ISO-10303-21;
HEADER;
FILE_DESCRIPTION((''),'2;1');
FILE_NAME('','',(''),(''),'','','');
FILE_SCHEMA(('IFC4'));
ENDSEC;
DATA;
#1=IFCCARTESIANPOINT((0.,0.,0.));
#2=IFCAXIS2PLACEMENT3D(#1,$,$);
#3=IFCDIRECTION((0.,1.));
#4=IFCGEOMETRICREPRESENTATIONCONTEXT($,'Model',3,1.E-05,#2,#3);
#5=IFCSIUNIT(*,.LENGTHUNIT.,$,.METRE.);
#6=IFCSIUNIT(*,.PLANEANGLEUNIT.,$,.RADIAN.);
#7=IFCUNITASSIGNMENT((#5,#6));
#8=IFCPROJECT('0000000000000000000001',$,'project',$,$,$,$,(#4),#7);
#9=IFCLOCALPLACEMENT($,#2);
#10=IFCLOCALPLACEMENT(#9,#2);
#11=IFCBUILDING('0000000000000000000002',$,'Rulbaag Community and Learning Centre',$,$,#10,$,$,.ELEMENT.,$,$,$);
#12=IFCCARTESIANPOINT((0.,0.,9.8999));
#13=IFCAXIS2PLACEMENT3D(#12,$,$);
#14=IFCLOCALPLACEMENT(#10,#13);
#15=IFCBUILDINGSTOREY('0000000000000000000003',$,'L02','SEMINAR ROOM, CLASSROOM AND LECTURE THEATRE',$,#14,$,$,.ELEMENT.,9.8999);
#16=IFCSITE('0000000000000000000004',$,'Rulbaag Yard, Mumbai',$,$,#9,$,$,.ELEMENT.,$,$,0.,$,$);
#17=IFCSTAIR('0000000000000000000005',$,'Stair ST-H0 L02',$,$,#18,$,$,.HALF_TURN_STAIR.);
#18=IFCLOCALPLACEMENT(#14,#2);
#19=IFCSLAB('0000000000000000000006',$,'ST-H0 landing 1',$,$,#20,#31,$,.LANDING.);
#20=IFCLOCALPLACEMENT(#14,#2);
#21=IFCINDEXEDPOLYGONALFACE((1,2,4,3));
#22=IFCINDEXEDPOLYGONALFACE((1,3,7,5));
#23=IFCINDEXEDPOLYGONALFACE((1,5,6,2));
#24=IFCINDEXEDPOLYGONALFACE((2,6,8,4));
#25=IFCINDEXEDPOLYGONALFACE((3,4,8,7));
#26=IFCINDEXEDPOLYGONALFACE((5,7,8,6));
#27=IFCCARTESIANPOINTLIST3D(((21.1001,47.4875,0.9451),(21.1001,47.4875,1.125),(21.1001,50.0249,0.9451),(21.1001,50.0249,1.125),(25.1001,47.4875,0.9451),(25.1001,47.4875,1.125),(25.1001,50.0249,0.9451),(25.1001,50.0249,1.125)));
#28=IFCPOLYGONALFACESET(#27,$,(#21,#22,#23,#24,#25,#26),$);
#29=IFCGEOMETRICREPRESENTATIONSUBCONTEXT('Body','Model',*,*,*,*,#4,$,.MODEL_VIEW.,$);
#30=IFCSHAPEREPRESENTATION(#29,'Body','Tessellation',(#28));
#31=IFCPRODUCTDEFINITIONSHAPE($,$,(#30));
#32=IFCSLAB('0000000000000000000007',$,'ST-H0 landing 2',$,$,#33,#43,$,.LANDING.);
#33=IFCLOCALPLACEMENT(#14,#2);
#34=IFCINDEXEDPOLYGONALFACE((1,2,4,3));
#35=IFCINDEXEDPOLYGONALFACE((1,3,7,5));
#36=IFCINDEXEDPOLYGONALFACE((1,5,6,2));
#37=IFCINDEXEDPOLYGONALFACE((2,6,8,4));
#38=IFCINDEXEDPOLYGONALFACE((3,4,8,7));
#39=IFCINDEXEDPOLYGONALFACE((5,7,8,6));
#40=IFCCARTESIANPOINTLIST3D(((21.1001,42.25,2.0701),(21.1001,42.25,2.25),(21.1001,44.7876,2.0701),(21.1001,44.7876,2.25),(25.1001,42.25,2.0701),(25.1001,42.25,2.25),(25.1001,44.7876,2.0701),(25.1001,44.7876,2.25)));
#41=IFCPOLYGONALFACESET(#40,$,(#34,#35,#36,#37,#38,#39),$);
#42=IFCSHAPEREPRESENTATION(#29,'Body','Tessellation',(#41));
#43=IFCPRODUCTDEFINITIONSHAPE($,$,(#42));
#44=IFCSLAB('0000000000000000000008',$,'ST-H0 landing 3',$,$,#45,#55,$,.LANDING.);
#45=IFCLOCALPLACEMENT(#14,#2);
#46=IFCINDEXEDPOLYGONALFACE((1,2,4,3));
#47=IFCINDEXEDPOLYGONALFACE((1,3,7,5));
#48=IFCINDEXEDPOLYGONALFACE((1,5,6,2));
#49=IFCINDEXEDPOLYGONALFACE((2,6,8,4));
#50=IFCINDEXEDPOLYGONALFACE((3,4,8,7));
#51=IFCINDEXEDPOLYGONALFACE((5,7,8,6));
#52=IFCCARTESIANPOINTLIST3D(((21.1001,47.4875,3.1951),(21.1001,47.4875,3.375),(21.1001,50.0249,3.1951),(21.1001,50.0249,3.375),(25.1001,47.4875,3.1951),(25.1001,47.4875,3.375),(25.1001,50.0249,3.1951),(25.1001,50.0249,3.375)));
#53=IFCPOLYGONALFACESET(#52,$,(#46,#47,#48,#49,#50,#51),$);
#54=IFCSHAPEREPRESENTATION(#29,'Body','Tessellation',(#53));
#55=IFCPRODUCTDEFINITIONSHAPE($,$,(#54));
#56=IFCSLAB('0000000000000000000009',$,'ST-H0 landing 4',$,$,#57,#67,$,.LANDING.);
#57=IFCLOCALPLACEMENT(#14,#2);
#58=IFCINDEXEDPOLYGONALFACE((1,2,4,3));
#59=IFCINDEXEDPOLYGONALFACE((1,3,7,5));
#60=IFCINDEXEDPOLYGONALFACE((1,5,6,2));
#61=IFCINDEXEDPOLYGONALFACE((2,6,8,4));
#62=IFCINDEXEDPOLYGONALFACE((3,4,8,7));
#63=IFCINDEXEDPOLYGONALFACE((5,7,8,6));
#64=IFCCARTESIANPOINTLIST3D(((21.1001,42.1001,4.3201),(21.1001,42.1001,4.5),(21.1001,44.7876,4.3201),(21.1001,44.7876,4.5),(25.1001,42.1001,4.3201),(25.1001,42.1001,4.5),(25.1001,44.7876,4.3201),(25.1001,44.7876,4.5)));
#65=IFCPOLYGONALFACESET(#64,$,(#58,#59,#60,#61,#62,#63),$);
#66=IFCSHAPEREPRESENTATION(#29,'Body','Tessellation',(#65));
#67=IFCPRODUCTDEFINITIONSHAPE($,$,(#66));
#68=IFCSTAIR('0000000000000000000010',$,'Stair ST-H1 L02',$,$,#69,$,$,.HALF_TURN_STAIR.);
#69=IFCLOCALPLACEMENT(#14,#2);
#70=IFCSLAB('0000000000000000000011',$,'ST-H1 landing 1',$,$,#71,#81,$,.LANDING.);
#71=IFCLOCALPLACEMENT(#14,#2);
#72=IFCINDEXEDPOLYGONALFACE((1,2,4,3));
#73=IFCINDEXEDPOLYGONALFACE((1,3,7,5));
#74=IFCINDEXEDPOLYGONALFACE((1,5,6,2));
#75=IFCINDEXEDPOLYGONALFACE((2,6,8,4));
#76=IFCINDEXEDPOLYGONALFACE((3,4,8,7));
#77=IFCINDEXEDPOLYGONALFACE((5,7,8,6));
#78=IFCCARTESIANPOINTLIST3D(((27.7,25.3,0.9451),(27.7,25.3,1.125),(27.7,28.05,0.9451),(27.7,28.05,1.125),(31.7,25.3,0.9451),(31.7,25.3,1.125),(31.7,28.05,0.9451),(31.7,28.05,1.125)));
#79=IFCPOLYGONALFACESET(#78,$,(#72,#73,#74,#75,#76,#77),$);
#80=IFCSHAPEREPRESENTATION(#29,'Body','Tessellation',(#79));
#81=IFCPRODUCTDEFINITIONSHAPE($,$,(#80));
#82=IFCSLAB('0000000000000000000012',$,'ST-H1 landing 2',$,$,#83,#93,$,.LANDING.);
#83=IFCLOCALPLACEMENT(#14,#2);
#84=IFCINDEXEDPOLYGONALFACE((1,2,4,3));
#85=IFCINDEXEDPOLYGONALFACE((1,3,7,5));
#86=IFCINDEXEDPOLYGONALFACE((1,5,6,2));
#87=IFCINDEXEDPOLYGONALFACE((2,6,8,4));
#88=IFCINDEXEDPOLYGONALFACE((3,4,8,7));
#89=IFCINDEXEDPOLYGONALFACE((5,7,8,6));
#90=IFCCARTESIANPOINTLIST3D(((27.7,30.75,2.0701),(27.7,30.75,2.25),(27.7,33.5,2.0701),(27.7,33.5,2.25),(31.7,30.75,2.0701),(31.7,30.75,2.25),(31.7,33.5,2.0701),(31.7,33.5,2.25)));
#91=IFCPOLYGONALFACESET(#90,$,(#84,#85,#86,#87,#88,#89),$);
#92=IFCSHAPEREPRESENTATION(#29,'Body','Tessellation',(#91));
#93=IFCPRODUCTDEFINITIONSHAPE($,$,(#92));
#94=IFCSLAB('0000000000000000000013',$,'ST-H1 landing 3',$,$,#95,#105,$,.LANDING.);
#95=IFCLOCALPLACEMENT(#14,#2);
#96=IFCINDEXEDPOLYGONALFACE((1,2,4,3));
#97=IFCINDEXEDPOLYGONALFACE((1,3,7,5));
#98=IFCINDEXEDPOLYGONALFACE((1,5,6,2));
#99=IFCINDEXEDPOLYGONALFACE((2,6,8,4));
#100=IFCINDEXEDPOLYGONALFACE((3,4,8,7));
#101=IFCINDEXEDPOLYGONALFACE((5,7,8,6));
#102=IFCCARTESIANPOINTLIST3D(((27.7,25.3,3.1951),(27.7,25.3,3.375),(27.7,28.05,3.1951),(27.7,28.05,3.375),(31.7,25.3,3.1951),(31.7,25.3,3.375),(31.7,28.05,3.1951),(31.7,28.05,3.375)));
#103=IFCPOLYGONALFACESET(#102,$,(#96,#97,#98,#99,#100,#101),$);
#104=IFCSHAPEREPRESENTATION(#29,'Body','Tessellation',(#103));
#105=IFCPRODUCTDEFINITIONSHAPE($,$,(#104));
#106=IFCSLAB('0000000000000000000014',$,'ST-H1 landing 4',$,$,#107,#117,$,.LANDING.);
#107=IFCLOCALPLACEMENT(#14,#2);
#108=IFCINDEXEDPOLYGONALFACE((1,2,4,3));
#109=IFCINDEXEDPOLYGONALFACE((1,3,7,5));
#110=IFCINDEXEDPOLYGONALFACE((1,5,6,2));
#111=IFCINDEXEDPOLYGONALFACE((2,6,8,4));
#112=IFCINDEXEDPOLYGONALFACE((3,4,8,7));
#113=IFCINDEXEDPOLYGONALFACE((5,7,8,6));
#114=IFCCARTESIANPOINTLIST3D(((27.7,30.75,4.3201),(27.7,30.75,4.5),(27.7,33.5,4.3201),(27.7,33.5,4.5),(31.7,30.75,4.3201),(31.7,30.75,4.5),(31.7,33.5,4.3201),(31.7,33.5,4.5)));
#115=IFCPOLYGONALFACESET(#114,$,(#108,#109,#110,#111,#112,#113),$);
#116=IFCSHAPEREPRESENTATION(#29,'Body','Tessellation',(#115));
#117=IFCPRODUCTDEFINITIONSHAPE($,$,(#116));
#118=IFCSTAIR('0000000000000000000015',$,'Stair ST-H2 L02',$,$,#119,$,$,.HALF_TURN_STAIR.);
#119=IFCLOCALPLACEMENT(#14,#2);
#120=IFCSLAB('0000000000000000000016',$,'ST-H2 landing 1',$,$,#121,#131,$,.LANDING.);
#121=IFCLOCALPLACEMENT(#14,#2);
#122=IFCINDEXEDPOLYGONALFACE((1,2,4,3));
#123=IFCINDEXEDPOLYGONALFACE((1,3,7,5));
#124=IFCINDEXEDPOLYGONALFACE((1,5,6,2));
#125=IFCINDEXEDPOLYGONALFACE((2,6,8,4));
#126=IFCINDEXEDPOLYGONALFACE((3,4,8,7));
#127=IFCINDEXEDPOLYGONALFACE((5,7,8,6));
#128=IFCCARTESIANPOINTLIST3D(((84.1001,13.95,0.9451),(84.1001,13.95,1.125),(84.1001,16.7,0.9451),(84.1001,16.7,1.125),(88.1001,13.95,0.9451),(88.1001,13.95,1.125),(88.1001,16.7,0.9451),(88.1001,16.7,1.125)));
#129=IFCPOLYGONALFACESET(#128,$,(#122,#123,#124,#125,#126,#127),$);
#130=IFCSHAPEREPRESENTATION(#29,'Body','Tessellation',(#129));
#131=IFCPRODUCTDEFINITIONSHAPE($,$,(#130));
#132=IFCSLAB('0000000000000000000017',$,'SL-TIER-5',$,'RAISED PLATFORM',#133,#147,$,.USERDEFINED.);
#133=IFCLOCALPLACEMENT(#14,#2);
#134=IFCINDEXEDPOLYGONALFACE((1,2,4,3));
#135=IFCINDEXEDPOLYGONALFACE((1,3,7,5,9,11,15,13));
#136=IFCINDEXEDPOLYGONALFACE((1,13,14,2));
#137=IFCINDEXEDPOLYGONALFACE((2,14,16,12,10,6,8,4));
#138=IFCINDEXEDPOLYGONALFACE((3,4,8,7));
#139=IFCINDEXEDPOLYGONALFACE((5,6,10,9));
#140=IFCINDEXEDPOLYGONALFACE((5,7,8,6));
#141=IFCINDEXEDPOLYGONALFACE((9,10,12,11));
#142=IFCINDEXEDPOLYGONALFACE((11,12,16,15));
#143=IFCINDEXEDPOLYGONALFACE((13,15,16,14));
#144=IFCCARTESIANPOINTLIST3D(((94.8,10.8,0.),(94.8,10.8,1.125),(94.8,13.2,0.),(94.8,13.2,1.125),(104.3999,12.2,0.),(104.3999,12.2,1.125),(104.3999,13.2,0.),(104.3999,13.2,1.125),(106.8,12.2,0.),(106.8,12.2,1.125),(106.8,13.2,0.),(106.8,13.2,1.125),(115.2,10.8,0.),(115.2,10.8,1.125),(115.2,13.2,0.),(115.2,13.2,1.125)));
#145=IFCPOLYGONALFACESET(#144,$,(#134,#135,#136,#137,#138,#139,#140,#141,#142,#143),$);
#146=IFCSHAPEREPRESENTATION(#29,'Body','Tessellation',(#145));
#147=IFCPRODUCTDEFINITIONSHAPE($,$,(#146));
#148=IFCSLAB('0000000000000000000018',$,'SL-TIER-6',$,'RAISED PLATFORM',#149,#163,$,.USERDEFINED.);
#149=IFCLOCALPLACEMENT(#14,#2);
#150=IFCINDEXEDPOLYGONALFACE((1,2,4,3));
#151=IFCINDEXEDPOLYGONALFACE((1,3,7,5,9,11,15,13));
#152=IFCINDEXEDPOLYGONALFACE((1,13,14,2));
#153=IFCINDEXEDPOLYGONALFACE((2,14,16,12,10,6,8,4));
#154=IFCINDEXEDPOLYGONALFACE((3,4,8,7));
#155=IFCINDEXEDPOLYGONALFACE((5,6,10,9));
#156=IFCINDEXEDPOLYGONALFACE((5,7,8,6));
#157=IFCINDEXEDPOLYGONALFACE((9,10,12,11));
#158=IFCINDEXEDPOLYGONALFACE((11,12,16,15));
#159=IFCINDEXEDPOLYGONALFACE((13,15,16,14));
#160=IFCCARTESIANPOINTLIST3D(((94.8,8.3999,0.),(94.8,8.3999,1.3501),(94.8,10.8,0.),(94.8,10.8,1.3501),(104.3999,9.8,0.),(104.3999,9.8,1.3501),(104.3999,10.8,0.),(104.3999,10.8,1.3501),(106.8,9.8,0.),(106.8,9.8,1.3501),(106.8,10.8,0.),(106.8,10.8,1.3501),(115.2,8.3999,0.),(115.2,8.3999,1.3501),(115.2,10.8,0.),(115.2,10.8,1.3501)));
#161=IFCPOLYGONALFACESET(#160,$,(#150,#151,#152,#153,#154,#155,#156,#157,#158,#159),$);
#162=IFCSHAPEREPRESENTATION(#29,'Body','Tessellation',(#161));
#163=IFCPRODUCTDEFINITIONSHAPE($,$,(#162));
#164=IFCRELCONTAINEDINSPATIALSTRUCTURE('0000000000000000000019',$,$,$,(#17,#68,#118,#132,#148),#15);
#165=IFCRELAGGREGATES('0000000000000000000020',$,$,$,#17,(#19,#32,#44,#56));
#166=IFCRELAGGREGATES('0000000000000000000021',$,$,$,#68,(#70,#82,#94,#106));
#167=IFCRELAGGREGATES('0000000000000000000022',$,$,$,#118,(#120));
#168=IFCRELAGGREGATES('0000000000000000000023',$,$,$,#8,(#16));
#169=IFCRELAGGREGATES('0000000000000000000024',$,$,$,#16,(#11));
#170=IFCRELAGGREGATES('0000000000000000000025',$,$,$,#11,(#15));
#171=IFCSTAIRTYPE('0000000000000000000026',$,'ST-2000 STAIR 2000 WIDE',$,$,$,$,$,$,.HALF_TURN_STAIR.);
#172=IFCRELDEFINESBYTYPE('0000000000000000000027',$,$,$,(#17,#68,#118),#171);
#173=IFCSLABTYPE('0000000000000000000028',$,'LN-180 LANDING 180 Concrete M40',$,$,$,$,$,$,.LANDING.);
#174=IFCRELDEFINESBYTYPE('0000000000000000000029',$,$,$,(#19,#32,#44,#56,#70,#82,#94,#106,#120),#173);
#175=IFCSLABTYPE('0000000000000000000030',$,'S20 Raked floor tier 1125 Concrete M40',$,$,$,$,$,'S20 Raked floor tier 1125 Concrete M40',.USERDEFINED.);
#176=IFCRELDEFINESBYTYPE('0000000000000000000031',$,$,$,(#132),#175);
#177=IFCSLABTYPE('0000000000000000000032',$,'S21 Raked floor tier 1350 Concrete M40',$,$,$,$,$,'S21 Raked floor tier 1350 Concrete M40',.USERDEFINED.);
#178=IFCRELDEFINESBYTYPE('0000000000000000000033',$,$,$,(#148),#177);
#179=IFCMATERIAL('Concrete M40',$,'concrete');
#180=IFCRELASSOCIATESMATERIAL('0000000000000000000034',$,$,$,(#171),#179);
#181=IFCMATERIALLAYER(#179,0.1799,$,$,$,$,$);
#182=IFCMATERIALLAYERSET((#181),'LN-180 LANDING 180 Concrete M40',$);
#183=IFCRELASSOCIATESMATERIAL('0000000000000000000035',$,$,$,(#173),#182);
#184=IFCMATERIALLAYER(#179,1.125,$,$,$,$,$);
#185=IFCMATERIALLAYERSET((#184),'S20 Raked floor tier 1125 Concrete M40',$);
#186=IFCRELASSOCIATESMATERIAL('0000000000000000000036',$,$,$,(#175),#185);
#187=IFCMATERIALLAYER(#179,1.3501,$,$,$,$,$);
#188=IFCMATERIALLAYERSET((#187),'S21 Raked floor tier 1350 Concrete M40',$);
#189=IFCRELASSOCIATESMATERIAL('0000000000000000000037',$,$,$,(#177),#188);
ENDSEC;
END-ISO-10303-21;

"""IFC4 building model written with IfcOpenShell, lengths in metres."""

from ifc_helpers import new_model, si_unit, direction, frame, origin, place, context, subcontext, project, spatial, polyline, outline, extrude, material, layer, layer_set, type_object, element, aggregate, save


model = new_model("IFC4")

# Units and contexts
model_context = context("Model", 3, precision=1e-05, world=origin(), true_north=direction((0.0, 1.0)))
body_context = subcontext(model_context, "Body", "Model", "MODEL_VIEW")
ifc_project = project(units=[si_unit("LENGTHUNIT", "METRE"), si_unit("PLANEANGLEUNIT", "RADIAN")], contexts=[model_context])

# Site, building, storey
site_placement = place(None, origin())
site = spatial("IfcSite", under=ifc_project, at=site_placement, Name="Rulbaag Yard, Mumbai", CompositionType="ELEMENT", RefElevation=0.0)
building_placement = place(site_placement, origin())
building = spatial("IfcBuilding", under=site, at=building_placement, Name="Rulbaag Community and Learning Centre", CompositionType="ELEMENT")
storey_placement = place(building_placement, frame((0.0, 0.0, 9.8999)))
storey = spatial("IfcBuildingStorey", under=building, at=storey_placement, Name="L02", Description="SEMINAR ROOM, CLASSROOM AND LECTURE THEATRE", CompositionType="ELEMENT", Elevation=9.8999)

# Stairs, slabs
ifc_material = material(Name="Concrete M40", Category="concrete")
stair_type = type_object("IfcStairType", Name="ST-2000 STAIR 2000 WIDE", PredefinedType="HALF_TURN_STAIR", material=ifc_material)
stair_1_placement = place(storey_placement, origin())
stair_1 = element("IfcStair", 1, at=stair_1_placement, inside=storey, type_object=stair_type, Name="Stair ST-H0 L02", PredefinedType="HALF_TURN_STAIR")
ifc_layer_1 = layer(ifc_material, 0.1799)
ifc_layer_set_1 = layer_set([ifc_layer_1], Name="LN-180 LANDING 180 Concrete M40")
slab_type_1 = type_object("IfcSlabType", Name="LN-180 LANDING 180 Concrete M40", PredefinedType="LANDING", material=ifc_layer_set_1)
slab_1_placement = place(storey_placement, frame((0.0, 0.0, 0.9451)))
slab_1 = element("IfcSlab", 2, at=slab_1_placement, type_object=slab_type_1, Name="ST-H0 landing 1", PredefinedType="LANDING", context=body_context, shape_type="SweptSolid", body=[
    extrude(outline(polyline([(21.1001, 47.4875), (21.1001, 50.0249), (25.1001, 50.0249), (25.1001, 47.4875), (21.1001, 47.4875)])), origin(), (0.0, 0.0, 1.0), 0.1799),
])
slab_2_placement = place(storey_placement, frame((0.0, 0.0, 2.0701)))
slab_2 = element("IfcSlab", 3, at=slab_2_placement, type_object=slab_type_1, Name="ST-H0 landing 2", PredefinedType="LANDING", context=body_context, shape_type="SweptSolid", body=[
    extrude(outline(polyline([(21.1001, 42.25), (21.1001, 44.7876), (25.1001, 44.7876), (25.1001, 42.25), (21.1001, 42.25)])), origin(), (0.0, 0.0, 1.0), 0.1799),
])
slab_3_placement = place(storey_placement, frame((0.0, 0.0, 3.1951)))
slab_3 = element("IfcSlab", 4, at=slab_3_placement, type_object=slab_type_1, Name="ST-H0 landing 3", PredefinedType="LANDING", context=body_context, shape_type="SweptSolid", body=[
    extrude(outline(polyline([(21.1001, 47.4875), (21.1001, 50.0249), (25.1001, 50.0249), (25.1001, 47.4875), (21.1001, 47.4875)])), origin(), (0.0, 0.0, 1.0), 0.1799),
])
slab_4_placement = place(storey_placement, frame((0.0, 0.0, 4.3201)))
slab_4 = element("IfcSlab", 5, at=slab_4_placement, type_object=slab_type_1, Name="ST-H0 landing 4", PredefinedType="LANDING", context=body_context, shape_type="SweptSolid", body=[
    extrude(outline(polyline([(21.1001, 42.1001), (21.1001, 44.7876), (25.1001, 44.7876), (25.1001, 42.1001), (21.1001, 42.1001)])), origin(), (0.0, 0.0, 1.0), 0.1799),
])
aggregate(stair_1, [slab_1, slab_2, slab_3, slab_4])
stair_2_placement = place(storey_placement, origin())
stair_2 = element("IfcStair", 6, at=stair_2_placement, inside=storey, type_object=stair_type, Name="Stair ST-H1 L02", PredefinedType="HALF_TURN_STAIR")
slab_5_placement = place(storey_placement, frame((0.0, 0.0, 0.9451)))
slab_5 = element("IfcSlab", 7, at=slab_5_placement, type_object=slab_type_1, Name="ST-H1 landing 1", PredefinedType="LANDING", context=body_context, shape_type="SweptSolid", body=[
    extrude(outline(polyline([(27.7, 25.3), (27.7, 28.05), (31.7, 28.05), (31.7, 25.3), (27.7, 25.3)])), origin(), (0.0, 0.0, 1.0), 0.1799),
])
slab_6_placement = place(storey_placement, frame((0.0, 0.0, 2.0701)))
slab_6 = element("IfcSlab", 8, at=slab_6_placement, type_object=slab_type_1, Name="ST-H1 landing 2", PredefinedType="LANDING", context=body_context, shape_type="SweptSolid", body=[
    extrude(outline(polyline([(27.7, 30.75), (27.7, 33.5), (31.7, 33.5), (31.7, 30.75), (27.7, 30.75)])), origin(), (0.0, 0.0, 1.0), 0.1799),
])
slab_7_placement = place(storey_placement, frame((0.0, 0.0, 3.1951)))
slab_7 = element("IfcSlab", 9, at=slab_7_placement, type_object=slab_type_1, Name="ST-H1 landing 3", PredefinedType="LANDING", context=body_context, shape_type="SweptSolid", body=[
    extrude(outline(polyline([(27.7, 25.3), (27.7, 28.05), (31.7, 28.05), (31.7, 25.3), (27.7, 25.3)])), origin(), (0.0, 0.0, 1.0), 0.1799),
])
slab_8_placement = place(storey_placement, frame((0.0, 0.0, 4.3201)))
slab_8 = element("IfcSlab", 10, at=slab_8_placement, type_object=slab_type_1, Name="ST-H1 landing 4", PredefinedType="LANDING", context=body_context, shape_type="SweptSolid", body=[
    extrude(outline(polyline([(27.7, 30.75), (27.7, 33.5), (31.7, 33.5), (31.7, 30.75), (27.7, 30.75)])), origin(), (0.0, 0.0, 1.0), 0.1799),
])
aggregate(stair_2, [slab_5, slab_6, slab_7, slab_8])

# Stair, slab
stair_3_placement = place(storey_placement, origin())
stair_3 = element("IfcStair", 11, at=stair_3_placement, inside=storey, type_object=stair_type, Name="Stair ST-H2 L02", PredefinedType="HALF_TURN_STAIR")
slab_9_placement = place(storey_placement, frame((0.0, 0.0, 0.9451)))
slab_9 = element("IfcSlab", 12, at=slab_9_placement, type_object=slab_type_1, Name="ST-H2 landing 1", PredefinedType="LANDING", context=body_context, shape_type="SweptSolid", body=[
    extrude(outline(polyline([(84.1001, 13.95), (84.1001, 16.7), (88.1001, 16.7), (88.1001, 13.95), (84.1001, 13.95)])), origin(), (0.0, 0.0, 1.0), 0.1799),
])
aggregate(stair_3, [slab_9])

# Slabs
ifc_layer_2 = layer(ifc_material, 1.125)
ifc_layer_set_2 = layer_set([ifc_layer_2], Name="S20 Raked floor tier 1125 Concrete M40")
slab_type_2 = type_object("IfcSlabType", Name="S20 Raked floor tier 1125 Concrete M40", ElementType="S20 Raked floor tier 1125 Concrete M40", PredefinedType="USERDEFINED", material=ifc_layer_set_2)
slab_10_placement = place(storey_placement, origin())
element("IfcSlab", 13, at=slab_10_placement, inside=storey, type_object=slab_type_2, Name="SL-TIER-5", ObjectType="RAISED PLATFORM", PredefinedType="USERDEFINED", context=body_context, shape_type="SweptSolid", body=[
    extrude(outline(polyline([(94.8, 10.8), (115.2, 10.8), (115.2, 13.2), (106.8, 13.2), (106.8, 12.2), (104.3999, 12.2), (104.3999, 13.2), (94.8, 13.2), (94.8, 10.8)])), origin(), (0.0, 0.0, 1.0), 1.125),
])
ifc_layer_3 = layer(ifc_material, 1.3501)
ifc_layer_set_3 = layer_set([ifc_layer_3], Name="S21 Raked floor tier 1350 Concrete M40")
slab_type_3 = type_object("IfcSlabType", Name="S21 Raked floor tier 1350 Concrete M40", ElementType="S21 Raked floor tier 1350 Concrete M40", PredefinedType="USERDEFINED", material=ifc_layer_set_3)
slab_11_placement = place(storey_placement, origin())
element("IfcSlab", 14, at=slab_11_placement, inside=storey, type_object=slab_type_3, Name="SL-TIER-6", ObjectType="RAISED PLATFORM", PredefinedType="USERDEFINED", context=body_context, shape_type="SweptSolid", body=[
    extrude(outline(polyline([(94.8, 8.3999), (115.2, 8.3999), (115.2, 10.8), (106.8, 10.8), (106.8, 9.8), (104.3999, 9.8), (104.3999, 10.8), (94.8, 10.8), (94.8, 8.3999)])), origin(), (0.0, 0.0, 1.0), 1.3501),
])

save(model, "model.ifc")
